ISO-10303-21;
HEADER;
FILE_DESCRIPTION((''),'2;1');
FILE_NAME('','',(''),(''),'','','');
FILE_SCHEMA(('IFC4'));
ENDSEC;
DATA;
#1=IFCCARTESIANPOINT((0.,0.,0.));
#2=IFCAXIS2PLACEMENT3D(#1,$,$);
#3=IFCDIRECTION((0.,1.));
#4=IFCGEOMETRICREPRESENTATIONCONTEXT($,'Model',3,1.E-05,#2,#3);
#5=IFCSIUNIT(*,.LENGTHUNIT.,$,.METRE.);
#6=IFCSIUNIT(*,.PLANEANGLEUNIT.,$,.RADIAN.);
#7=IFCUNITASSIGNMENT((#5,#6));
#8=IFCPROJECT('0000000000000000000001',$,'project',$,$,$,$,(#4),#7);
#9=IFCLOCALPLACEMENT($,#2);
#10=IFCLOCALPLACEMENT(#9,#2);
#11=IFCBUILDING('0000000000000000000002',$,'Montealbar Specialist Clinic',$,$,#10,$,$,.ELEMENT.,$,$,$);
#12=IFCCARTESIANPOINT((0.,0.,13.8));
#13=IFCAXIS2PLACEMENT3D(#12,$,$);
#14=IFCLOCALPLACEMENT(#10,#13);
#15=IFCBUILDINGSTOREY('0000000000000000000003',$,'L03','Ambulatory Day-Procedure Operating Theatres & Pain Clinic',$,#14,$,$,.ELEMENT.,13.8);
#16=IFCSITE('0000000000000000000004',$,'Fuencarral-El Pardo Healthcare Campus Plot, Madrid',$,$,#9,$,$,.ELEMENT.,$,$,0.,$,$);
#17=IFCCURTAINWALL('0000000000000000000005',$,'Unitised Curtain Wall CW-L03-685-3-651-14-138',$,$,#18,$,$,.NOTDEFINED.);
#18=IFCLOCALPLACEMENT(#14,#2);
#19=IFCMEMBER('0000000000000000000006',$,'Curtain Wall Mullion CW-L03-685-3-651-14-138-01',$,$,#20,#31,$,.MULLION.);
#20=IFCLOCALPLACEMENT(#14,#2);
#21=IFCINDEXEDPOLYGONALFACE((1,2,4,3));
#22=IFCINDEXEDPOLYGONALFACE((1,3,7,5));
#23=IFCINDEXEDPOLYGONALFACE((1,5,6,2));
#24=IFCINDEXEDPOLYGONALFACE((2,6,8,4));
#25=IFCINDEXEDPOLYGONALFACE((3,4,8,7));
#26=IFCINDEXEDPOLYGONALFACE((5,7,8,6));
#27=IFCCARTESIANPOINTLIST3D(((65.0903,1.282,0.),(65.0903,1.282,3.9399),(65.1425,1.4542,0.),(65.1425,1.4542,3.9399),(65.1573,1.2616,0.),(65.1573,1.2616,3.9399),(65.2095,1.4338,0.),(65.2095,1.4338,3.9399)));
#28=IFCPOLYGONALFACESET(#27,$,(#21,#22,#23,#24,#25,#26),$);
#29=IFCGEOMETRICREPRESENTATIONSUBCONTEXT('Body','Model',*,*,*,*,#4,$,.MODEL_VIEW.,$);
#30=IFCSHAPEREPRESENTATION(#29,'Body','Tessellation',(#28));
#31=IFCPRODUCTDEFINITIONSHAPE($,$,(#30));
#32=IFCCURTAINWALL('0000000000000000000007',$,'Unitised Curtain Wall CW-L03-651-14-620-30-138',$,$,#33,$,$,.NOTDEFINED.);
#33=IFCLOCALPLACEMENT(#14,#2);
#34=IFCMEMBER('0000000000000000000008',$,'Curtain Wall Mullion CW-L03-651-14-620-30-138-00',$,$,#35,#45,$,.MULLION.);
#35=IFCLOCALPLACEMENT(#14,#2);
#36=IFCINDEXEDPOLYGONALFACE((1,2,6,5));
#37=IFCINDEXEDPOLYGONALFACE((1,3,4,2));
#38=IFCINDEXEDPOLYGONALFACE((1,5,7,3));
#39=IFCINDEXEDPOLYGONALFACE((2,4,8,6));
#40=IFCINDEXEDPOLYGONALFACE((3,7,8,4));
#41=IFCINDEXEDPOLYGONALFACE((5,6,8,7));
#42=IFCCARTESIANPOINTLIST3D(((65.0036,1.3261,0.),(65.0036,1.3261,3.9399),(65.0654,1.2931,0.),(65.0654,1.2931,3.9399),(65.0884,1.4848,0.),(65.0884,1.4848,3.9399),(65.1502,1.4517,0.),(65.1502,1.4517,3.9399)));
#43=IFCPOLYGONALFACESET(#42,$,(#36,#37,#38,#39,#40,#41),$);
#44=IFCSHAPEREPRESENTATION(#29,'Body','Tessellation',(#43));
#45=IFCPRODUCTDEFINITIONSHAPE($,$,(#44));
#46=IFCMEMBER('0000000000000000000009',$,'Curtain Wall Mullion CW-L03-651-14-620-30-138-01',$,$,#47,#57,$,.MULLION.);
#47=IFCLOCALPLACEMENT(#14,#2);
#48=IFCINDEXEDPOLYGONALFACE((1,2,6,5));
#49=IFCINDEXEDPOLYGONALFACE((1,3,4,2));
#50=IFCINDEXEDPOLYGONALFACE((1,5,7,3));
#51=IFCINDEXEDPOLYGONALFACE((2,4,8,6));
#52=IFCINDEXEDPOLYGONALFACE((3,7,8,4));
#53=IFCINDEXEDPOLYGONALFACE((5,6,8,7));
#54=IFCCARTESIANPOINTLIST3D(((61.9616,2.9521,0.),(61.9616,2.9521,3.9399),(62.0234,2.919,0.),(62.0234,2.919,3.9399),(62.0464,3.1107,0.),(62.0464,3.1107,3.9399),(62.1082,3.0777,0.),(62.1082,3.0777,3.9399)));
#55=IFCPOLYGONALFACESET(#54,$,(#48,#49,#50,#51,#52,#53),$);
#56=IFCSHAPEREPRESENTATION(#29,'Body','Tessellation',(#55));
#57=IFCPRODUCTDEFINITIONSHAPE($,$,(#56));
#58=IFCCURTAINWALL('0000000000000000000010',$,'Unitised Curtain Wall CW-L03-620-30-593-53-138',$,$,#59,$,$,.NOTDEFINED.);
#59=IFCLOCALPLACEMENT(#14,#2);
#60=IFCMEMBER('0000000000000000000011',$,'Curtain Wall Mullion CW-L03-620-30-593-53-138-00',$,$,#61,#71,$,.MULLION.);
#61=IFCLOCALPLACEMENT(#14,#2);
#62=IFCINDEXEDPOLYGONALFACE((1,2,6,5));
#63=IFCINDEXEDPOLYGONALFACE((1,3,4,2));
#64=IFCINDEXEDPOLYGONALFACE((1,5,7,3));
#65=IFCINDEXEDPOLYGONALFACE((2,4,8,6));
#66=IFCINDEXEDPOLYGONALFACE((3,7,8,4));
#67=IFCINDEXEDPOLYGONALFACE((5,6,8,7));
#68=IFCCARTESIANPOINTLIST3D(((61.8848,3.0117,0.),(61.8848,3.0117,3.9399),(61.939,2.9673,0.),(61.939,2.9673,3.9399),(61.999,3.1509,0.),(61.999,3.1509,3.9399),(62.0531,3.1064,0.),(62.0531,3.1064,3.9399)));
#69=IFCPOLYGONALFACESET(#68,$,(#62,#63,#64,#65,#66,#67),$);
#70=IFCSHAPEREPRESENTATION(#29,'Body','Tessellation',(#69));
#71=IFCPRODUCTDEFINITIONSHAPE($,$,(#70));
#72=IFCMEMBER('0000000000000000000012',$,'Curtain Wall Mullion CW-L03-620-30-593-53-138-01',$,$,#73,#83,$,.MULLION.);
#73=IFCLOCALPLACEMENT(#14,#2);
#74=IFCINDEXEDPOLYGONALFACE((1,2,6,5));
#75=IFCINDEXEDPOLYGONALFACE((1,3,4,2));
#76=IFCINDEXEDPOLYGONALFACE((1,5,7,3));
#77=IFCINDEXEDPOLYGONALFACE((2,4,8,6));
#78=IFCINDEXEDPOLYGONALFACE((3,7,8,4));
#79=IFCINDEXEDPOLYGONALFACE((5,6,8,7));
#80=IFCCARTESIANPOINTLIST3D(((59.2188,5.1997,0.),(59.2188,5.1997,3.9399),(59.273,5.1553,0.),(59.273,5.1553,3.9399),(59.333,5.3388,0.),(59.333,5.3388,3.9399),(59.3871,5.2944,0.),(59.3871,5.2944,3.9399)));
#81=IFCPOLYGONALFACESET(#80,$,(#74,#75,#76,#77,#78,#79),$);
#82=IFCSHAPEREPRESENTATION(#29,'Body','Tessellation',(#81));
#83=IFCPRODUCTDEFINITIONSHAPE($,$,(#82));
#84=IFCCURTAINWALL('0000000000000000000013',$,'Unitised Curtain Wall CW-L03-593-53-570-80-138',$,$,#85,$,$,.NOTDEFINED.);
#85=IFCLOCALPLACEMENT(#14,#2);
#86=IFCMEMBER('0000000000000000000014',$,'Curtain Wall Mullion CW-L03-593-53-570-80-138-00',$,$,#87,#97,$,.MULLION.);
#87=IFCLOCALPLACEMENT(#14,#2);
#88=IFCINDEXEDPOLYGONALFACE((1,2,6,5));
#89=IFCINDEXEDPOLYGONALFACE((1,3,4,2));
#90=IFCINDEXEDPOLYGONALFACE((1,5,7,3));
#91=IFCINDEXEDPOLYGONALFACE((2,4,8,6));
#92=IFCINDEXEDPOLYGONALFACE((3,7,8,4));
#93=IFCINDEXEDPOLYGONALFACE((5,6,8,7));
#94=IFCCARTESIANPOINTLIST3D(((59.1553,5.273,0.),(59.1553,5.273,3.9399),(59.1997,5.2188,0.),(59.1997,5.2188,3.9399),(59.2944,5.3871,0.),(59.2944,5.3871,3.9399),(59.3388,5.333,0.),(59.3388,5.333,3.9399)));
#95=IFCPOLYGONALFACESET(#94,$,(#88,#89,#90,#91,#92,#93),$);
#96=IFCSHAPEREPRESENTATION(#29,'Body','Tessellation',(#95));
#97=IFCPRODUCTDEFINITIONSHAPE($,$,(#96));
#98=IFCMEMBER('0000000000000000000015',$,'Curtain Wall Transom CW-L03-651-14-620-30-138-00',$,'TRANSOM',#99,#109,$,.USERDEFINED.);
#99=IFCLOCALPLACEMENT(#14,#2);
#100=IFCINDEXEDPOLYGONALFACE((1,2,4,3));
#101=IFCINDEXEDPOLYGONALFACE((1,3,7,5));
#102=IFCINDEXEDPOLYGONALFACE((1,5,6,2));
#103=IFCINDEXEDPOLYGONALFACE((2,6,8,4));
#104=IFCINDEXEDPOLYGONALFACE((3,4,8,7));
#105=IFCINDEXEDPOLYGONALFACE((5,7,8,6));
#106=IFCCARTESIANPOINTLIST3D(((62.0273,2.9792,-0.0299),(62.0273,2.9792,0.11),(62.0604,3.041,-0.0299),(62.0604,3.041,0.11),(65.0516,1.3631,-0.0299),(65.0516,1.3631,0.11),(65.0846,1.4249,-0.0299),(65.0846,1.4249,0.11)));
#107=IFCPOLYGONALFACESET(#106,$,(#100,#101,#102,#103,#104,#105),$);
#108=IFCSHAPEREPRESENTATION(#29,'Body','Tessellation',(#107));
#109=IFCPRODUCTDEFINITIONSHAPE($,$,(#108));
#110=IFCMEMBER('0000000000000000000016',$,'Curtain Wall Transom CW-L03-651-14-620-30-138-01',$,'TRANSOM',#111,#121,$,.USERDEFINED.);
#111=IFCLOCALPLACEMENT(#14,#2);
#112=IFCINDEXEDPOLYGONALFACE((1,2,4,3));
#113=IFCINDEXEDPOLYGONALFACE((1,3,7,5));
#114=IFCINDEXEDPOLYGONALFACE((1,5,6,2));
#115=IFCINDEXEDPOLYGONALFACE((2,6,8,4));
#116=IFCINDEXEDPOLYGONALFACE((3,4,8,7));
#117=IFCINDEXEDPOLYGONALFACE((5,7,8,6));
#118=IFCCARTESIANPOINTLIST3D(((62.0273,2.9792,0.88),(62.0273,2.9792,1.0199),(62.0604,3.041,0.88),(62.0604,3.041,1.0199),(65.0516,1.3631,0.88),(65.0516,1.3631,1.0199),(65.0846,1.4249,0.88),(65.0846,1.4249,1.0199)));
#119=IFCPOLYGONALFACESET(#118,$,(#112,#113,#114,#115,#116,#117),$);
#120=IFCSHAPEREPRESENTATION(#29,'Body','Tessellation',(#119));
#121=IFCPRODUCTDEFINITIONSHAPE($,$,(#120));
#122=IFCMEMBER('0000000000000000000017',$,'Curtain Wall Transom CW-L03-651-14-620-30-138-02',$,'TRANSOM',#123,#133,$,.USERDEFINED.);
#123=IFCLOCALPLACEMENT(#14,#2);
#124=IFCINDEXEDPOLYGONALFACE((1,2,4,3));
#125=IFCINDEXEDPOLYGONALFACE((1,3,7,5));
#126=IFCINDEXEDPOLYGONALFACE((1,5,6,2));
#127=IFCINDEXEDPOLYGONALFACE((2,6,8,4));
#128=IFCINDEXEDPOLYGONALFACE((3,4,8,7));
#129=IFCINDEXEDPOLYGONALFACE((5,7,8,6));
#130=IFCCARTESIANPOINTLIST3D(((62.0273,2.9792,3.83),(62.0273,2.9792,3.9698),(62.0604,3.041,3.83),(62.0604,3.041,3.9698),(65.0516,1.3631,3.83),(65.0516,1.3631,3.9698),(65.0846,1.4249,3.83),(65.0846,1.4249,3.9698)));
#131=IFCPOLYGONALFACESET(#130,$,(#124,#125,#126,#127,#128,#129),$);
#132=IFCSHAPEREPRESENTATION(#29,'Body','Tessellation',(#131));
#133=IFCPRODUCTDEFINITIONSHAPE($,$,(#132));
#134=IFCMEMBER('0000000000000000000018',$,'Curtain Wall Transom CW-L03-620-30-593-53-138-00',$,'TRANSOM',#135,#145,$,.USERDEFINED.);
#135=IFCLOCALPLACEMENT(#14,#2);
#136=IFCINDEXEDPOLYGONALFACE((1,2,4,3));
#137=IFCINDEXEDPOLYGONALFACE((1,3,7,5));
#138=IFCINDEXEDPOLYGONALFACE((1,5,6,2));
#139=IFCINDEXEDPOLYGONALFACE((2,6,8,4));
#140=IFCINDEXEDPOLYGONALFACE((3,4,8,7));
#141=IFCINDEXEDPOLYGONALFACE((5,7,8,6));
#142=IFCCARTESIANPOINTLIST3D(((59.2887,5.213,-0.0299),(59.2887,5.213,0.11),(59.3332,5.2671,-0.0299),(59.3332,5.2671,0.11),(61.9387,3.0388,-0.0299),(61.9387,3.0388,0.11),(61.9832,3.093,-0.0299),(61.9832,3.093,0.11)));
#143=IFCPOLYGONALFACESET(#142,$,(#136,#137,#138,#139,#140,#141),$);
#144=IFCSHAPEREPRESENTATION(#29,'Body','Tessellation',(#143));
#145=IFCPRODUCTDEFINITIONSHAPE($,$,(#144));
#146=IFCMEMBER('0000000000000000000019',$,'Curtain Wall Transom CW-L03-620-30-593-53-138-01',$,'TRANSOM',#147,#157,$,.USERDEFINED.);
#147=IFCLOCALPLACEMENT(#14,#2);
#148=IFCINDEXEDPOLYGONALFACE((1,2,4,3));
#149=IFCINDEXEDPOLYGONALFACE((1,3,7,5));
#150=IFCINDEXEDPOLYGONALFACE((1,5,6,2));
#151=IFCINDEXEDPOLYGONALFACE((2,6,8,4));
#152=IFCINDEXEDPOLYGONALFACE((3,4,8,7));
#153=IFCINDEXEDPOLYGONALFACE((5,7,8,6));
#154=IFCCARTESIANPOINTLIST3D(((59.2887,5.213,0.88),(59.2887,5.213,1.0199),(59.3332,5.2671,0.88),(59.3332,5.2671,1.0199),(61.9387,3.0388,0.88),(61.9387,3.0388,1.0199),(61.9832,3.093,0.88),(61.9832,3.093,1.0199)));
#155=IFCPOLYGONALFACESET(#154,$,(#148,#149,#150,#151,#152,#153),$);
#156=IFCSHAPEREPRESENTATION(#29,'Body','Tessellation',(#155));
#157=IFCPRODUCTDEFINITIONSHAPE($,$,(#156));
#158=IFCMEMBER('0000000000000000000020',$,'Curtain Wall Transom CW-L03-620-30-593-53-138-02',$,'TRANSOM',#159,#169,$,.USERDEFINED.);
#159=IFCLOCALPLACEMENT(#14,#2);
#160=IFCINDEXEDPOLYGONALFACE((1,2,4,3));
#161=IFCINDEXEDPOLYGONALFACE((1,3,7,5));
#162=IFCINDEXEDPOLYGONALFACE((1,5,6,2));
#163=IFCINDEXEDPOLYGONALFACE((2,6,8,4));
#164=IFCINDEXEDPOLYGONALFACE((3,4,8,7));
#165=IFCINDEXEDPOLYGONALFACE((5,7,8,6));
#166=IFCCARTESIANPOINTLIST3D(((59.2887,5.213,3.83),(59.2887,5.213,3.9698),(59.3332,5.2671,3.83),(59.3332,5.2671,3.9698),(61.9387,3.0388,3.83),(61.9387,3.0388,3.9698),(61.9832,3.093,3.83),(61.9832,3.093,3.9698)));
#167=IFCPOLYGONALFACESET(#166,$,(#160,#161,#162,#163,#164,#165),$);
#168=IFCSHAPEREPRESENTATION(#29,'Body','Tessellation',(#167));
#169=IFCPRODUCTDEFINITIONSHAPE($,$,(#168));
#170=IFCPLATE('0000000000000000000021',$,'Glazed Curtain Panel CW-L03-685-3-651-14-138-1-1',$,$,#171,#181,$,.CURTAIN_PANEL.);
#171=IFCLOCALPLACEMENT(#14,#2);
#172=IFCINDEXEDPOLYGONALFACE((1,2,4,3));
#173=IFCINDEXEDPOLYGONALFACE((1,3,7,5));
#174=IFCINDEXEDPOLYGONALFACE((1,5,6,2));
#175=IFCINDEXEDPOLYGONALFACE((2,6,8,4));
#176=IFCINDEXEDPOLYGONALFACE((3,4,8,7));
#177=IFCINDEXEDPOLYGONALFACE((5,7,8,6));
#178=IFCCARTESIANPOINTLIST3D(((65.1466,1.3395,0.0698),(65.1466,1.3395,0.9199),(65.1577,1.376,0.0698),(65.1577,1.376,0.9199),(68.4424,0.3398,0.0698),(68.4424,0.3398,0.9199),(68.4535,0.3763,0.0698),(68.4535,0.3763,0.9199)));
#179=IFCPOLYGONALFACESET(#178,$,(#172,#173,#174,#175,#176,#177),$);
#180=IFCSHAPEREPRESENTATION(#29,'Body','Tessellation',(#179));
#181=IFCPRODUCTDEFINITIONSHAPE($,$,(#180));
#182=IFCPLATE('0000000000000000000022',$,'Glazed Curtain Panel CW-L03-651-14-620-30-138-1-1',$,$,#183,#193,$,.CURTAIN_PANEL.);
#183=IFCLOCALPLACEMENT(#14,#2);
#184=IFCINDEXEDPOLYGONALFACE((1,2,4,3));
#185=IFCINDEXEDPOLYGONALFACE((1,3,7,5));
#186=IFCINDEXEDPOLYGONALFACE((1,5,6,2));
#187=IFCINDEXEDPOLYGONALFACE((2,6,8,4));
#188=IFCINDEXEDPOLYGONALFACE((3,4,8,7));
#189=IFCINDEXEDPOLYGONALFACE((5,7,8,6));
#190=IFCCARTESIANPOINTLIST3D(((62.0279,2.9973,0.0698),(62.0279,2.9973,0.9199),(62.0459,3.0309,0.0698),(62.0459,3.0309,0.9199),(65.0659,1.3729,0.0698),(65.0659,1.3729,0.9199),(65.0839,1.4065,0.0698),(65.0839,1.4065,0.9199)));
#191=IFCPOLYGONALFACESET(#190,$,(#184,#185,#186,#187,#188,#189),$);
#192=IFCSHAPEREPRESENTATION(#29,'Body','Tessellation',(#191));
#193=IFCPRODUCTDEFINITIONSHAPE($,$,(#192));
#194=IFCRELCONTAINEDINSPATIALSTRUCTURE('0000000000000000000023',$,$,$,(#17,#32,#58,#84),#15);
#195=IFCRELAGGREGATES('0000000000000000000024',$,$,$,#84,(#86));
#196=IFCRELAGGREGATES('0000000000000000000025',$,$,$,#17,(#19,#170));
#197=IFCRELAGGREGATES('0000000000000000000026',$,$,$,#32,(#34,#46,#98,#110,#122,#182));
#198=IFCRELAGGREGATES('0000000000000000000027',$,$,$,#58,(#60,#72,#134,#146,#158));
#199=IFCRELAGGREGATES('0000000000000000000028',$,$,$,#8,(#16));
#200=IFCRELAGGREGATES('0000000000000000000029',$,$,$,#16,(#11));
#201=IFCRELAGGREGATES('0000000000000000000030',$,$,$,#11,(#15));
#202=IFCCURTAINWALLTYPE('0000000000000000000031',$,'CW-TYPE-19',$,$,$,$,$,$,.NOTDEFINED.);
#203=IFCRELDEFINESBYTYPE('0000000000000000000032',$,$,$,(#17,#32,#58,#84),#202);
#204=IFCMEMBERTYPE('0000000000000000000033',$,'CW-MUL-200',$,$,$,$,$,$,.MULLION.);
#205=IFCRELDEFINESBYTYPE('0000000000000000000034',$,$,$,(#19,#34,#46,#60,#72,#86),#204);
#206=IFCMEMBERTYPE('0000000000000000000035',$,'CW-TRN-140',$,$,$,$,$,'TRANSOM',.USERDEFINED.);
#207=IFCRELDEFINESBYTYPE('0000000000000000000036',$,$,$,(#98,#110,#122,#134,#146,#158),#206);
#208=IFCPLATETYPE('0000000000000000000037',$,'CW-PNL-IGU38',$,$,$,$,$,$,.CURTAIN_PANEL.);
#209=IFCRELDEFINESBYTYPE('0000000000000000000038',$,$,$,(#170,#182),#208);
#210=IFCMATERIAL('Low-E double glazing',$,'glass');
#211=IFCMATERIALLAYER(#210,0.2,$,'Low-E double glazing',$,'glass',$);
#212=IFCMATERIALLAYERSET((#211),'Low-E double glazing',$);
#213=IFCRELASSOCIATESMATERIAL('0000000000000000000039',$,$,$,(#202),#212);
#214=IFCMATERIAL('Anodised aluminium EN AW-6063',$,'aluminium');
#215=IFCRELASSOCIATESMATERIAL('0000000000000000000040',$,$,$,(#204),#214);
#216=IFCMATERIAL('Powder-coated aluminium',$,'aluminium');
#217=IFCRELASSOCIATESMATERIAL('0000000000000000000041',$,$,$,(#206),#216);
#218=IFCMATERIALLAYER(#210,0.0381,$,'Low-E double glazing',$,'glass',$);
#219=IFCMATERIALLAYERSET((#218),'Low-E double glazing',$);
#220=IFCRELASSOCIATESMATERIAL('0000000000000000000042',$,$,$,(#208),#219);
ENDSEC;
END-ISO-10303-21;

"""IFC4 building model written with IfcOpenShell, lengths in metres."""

from ifc_helpers import new_model, si_unit, direction, frame, origin, origin_2d, place, context, subcontext, project, spatial, rectangle, extrude, material, layer, layer_set, material_profile, profile_set, type_object, element, aggregate, save


model = new_model("IFC4")

# Units and contexts
model_context = context("Model", 3, precision=1e-05, world=origin(), true_north=direction((0.0, 1.0)))
body_context = subcontext(model_context, "Body", "Model", "MODEL_VIEW")
ifc_project = project(units=[si_unit("LENGTHUNIT", "METRE"), si_unit("PLANEANGLEUNIT", "RADIAN")], contexts=[model_context])

# Site, building, storey
site_placement = place(None, origin())
site = spatial("IfcSite", under=ifc_project, at=site_placement, Name="Fuencarral-El Pardo Healthcare Campus Plot, Madrid", CompositionType="ELEMENT", RefElevation=0.0)
building_placement = place(site_placement, origin())
building = spatial("IfcBuilding", under=site, at=building_placement, Name="Montealbar Specialist Clinic", CompositionType="ELEMENT")
storey_placement = place(building_placement, frame((0.0, 0.0, 13.8)))
storey = spatial("IfcBuildingStorey", under=building, at=storey_placement, Name="L03", Description="Ambulatory Day-Procedure Operating Theatres & Pain Clinic", CompositionType="ELEMENT", Elevation=13.8)

# Curtain wall, member
ifc_material_1 = material(Name="Low-E double glazing", Category="glass")
ifc_layer_1 = layer(ifc_material_1, 0.2, Name="Low-E double glazing", Category="glass")
ifc_layer_set_1 = layer_set([ifc_layer_1], Name="Low-E double glazing")
curtain_wall_type = type_object("IfcCurtainWallType", Name="CW-TYPE-19", PredefinedType="NOTDEFINED", material=ifc_layer_set_1)
curtain_wall_1_placement = place(storey_placement, origin())
curtain_wall_1 = element("IfcCurtainWall", 1, at=curtain_wall_1_placement, inside=storey, type_object=curtain_wall_type, Name="Unitised Curtain Wall CW-L03-685-3-651-14-138", PredefinedType="NOTDEFINED")
ifc_material_2 = material(Name="Anodised aluminium EN AW-6063", Category="aluminium")
ifc_material_profile_1 = material_profile(ifc_material_2, rectangle(XDim=0.0701, YDim=0.1799, at=origin_2d()), Name="ALU 70x180", Category="aluminium")
ifc_profile_set_1 = profile_set([ifc_material_profile_1], Name="Anodised aluminium EN AW-6063")
member_type_1 = type_object("IfcMemberType", Name="CW-MUL-200", PredefinedType="MULLION", material=ifc_profile_set_1)
member_1_placement = place(storey_placement, frame((65.1499, 1.3579, 0.0), z_axis=(0.0, 0.0, 1.0), x_axis=(-0.956948, 0.290259, 0.0)))
member_1 = element("IfcMember", 2, at=member_1_placement, type_object=member_type_1, Name="Curtain Wall Mullion CW-L03-685-3-651-14-138-01", PredefinedType="MULLION", context=body_context, shape_type="SweptSolid", body=[
    extrude(rectangle(XDim=0.0701, YDim=0.1799, at=origin_2d()), origin(), (0.0, 0.0, 1.0), 3.9399),
])

# Curtain walls, members
curtain_wall_2_placement = place(storey_placement, origin())
curtain_wall_2 = element("IfcCurtainWall", 3, at=curtain_wall_2_placement, inside=storey, type_object=curtain_wall_type, Name="Unitised Curtain Wall CW-L03-651-14-620-30-138", PredefinedType="NOTDEFINED")
member_2_placement = place(storey_placement, frame((65.0769, 1.3889, 0.0), z_axis=(0.0, 0.0, 1.0), x_axis=(-0.88185, 0.471529, 0.0)))
member_2 = element("IfcMember", 4, at=member_2_placement, type_object=member_type_1, Name="Curtain Wall Mullion CW-L03-651-14-620-30-138-00", PredefinedType="MULLION", context=body_context, shape_type="SweptSolid", body=[
    extrude(rectangle(XDim=0.0701, YDim=0.1799, at=origin_2d()), origin(), (0.0, 0.0, 1.0), 3.9399),
])
member_3_placement = place(storey_placement, frame((62.0349, 3.0149, 0.0), z_axis=(0.0, 0.0, 1.0), x_axis=(-0.88185, 0.471529, 0.0)))
member_3 = element("IfcMember", 5, at=member_3_placement, type_object=member_type_1, Name="Curtain Wall Mullion CW-L03-651-14-620-30-138-01", PredefinedType="MULLION", context=body_context, shape_type="SweptSolid", body=[
    extrude(rectangle(XDim=0.0701, YDim=0.1799, at=origin_2d()), origin(), (0.0, 0.0, 1.0), 3.9399),
])
curtain_wall_3_placement = place(storey_placement, origin())
curtain_wall_3 = element("IfcCurtainWall", 6, at=curtain_wall_3_placement, inside=storey, type_object=curtain_wall_type, Name="Unitised Curtain Wall CW-L03-620-30-593-53-138", PredefinedType="NOTDEFINED")
member_4_placement = place(storey_placement, frame((61.969, 3.0591, 0.0), z_axis=(0.0, 0.0, 1.0), x_axis=(-0.773123, 0.634256, 0.0)))
member_4 = element("IfcMember", 7, at=member_4_placement, type_object=member_type_1, Name="Curtain Wall Mullion CW-L03-620-30-593-53-138-00", PredefinedType="MULLION", context=body_context, shape_type="SweptSolid", body=[
    extrude(rectangle(XDim=0.0701, YDim=0.1799, at=origin_2d()), origin(), (0.0, 0.0, 1.0), 3.9399),
])
member_5_placement = place(storey_placement, frame((59.303, 5.2471, 0.0), z_axis=(0.0, 0.0, 1.0), x_axis=(-0.773123, 0.634256, 0.0)))
member_5 = element("IfcMember", 8, at=member_5_placement, type_object=member_type_1, Name="Curtain Wall Mullion CW-L03-620-30-593-53-138-01", PredefinedType="MULLION", context=body_context, shape_type="SweptSolid", body=[
    extrude(rectangle(XDim=0.0701, YDim=0.1799, at=origin_2d()), origin(), (0.0, 0.0, 1.0), 3.9399),
])

# Curtain wall, member
curtain_wall_4_placement = place(storey_placement, origin())
curtain_wall_4 = element("IfcCurtainWall", 9, at=curtain_wall_4_placement, inside=storey, type_object=curtain_wall_type, Name="Unitised Curtain Wall CW-L03-593-53-570-80-138", PredefinedType="NOTDEFINED")
member_6_placement = place(storey_placement, frame((59.2471, 5.303, 0.0), z_axis=(0.0, 0.0, 1.0), x_axis=(-0.634256, 0.773123, 0.0)))
member_6 = element("IfcMember", 10, at=member_6_placement, type_object=member_type_1, Name="Curtain Wall Mullion CW-L03-593-53-570-80-138-00", PredefinedType="MULLION", context=body_context, shape_type="SweptSolid", body=[
    extrude(rectangle(XDim=0.0701, YDim=0.1799, at=origin_2d()), origin(), (0.0, 0.0, 1.0), 3.9399),
])
aggregate(curtain_wall_4, [member_6])

# Members
ifc_material_3 = material(Name="Powder-coated aluminium", Category="aluminium")
ifc_material_profile_2 = material_profile(ifc_material_3, rectangle(XDim=0.0701, YDim=0.1399, at=origin_2d()), Name="ALU 70x140", Category="aluminium")
ifc_profile_set_2 = profile_set([ifc_material_profile_2], Name="Powder-coated aluminium")
member_type_2 = type_object("IfcMemberType", Name="CW-TRN-140", ElementType="TRANSOM", PredefinedType="USERDEFINED", material=ifc_profile_set_2)
member_7_placement = place(storey_placement, frame((65.0681, 1.394, 0.04), z_axis=(-0.88198, 0.471287, 0.0), x_axis=(-0.471287, -0.88198, 0.0)))
member_7 = element("IfcMember", 11, at=member_7_placement, type_object=member_type_2, Name="Curtain Wall Transom CW-L03-651-14-620-30-138-00", ObjectType="TRANSOM", PredefinedType="USERDEFINED", context=body_context, shape_type="SweptSolid", body=[
    extrude(rectangle(XDim=0.0701, YDim=0.1399, at=origin_2d()), origin(), (0.0, 0.0, 1.0), 3.429),
])
member_8_placement = place(storey_placement, frame((65.0681, 1.394, 0.95), z_axis=(-0.88198, 0.471287, 0.0), x_axis=(-0.471287, -0.88198, 0.0)))
member_8 = element("IfcMember", 12, at=member_8_placement, type_object=member_type_2, Name="Curtain Wall Transom CW-L03-651-14-620-30-138-01", ObjectType="TRANSOM", PredefinedType="USERDEFINED", context=body_context, shape_type="SweptSolid", body=[
    extrude(rectangle(XDim=0.0701, YDim=0.1399, at=origin_2d()), origin(), (0.0, 0.0, 1.0), 3.429),
])
member_9_placement = place(storey_placement, frame((65.0681, 1.394, 3.8999), z_axis=(-0.88198, 0.471287, 0.0), x_axis=(-0.471287, -0.88198, 0.0)))
member_9 = element("IfcMember", 13, at=member_9_placement, type_object=member_type_2, Name="Curtain Wall Transom CW-L03-651-14-620-30-138-02", ObjectType="TRANSOM", PredefinedType="USERDEFINED", context=body_context, shape_type="SweptSolid", body=[
    extrude(rectangle(XDim=0.0701, YDim=0.1399, at=origin_2d()), origin(), (0.0, 0.0, 1.0), 3.429),
])
member_10_placement = place(storey_placement, frame((61.9609, 3.0659, 0.04), z_axis=(-0.773103, 0.634281, 0.0), x_axis=(-0.634281, -0.773103, 0.0)))
member_10 = element("IfcMember", 14, at=member_10_placement, type_object=member_type_2, Name="Curtain Wall Transom CW-L03-620-30-593-53-138-00", ObjectType="TRANSOM", PredefinedType="USERDEFINED", context=body_context, shape_type="SweptSolid", body=[
    extrude(rectangle(XDim=0.0701, YDim=0.1399, at=origin_2d()), origin(), (0.0, 0.0, 1.0), 3.4277),
])
member_11_placement = place(storey_placement, frame((61.9609, 3.0659, 0.95), z_axis=(-0.773103, 0.634281, 0.0), x_axis=(-0.634281, -0.773103, 0.0)))
member_11 = element("IfcMember", 15, at=member_11_placement, type_object=member_type_2, Name="Curtain Wall Transom CW-L03-620-30-593-53-138-01", ObjectType="TRANSOM", PredefinedType="USERDEFINED", context=body_context, shape_type="SweptSolid", body=[
    extrude(rectangle(XDim=0.0701, YDim=0.1399, at=origin_2d()), origin(), (0.0, 0.0, 1.0), 3.4277),
])
member_12_placement = place(storey_placement, frame((61.9609, 3.0659, 3.8999), z_axis=(-0.773103, 0.634281, 0.0), x_axis=(-0.634281, -0.773103, 0.0)))
member_12 = element("IfcMember", 16, at=member_12_placement, type_object=member_type_2, Name="Curtain Wall Transom CW-L03-620-30-593-53-138-02", ObjectType="TRANSOM", PredefinedType="USERDEFINED", context=body_context, shape_type="SweptSolid", body=[
    extrude(rectangle(XDim=0.0701, YDim=0.1399, at=origin_2d()), origin(), (0.0, 0.0, 1.0), 3.4277),
])

# Plates
ifc_layer_2 = layer(ifc_material_1, 0.0381, Name="Low-E double glazing", Category="glass")
ifc_layer_set_2 = layer_set([ifc_layer_2], Name="Low-E double glazing")
plate_type = type_object("IfcPlateType", Name="CW-PNL-IGU38", PredefinedType="CURTAIN_PANEL", material=ifc_layer_set_2)
plate_1_placement = place(storey_placement, frame((66.8, 0.8579, 0.0698), z_axis=(0.0, 0.0, 1.0), x_axis=(-0.956948, 0.290259, 0.0)))
plate_1 = element("IfcPlate", 17, at=plate_1_placement, type_object=plate_type, Name="Glazed Curtain Panel CW-L03-685-3-651-14-138-1-1", PredefinedType="CURTAIN_PANEL", context=body_context, shape_type="SweptSolid", body=[
    extrude(rectangle(XDim=3.4441, YDim=0.0381, at=origin_2d()), origin(), (0.0, 0.0, 1.0), 0.8501),
])
aggregate(curtain_wall_1, [member_1, plate_1])
plate_2_placement = place(storey_placement, frame((63.5559, 2.2019, 0.0698), z_axis=(0.0, 0.0, 1.0), x_axis=(-0.88185, 0.471529, 0.0)))
plate_2 = element("IfcPlate", 18, at=plate_2_placement, type_object=plate_type, Name="Glazed Curtain Panel CW-L03-651-14-620-30-138-1-1", PredefinedType="CURTAIN_PANEL", context=body_context, shape_type="SweptSolid", body=[
    extrude(rectangle(XDim=3.4451, YDim=0.0381, at=origin_2d()), origin(), (0.0, 0.0, 1.0), 0.8501),
])
aggregate(curtain_wall_2, [member_2, member_3, member_7, member_8, member_9, plate_2])
aggregate(curtain_wall_3, [member_4, member_5, member_10, member_11, member_12])

save(model, "model.ifc")
